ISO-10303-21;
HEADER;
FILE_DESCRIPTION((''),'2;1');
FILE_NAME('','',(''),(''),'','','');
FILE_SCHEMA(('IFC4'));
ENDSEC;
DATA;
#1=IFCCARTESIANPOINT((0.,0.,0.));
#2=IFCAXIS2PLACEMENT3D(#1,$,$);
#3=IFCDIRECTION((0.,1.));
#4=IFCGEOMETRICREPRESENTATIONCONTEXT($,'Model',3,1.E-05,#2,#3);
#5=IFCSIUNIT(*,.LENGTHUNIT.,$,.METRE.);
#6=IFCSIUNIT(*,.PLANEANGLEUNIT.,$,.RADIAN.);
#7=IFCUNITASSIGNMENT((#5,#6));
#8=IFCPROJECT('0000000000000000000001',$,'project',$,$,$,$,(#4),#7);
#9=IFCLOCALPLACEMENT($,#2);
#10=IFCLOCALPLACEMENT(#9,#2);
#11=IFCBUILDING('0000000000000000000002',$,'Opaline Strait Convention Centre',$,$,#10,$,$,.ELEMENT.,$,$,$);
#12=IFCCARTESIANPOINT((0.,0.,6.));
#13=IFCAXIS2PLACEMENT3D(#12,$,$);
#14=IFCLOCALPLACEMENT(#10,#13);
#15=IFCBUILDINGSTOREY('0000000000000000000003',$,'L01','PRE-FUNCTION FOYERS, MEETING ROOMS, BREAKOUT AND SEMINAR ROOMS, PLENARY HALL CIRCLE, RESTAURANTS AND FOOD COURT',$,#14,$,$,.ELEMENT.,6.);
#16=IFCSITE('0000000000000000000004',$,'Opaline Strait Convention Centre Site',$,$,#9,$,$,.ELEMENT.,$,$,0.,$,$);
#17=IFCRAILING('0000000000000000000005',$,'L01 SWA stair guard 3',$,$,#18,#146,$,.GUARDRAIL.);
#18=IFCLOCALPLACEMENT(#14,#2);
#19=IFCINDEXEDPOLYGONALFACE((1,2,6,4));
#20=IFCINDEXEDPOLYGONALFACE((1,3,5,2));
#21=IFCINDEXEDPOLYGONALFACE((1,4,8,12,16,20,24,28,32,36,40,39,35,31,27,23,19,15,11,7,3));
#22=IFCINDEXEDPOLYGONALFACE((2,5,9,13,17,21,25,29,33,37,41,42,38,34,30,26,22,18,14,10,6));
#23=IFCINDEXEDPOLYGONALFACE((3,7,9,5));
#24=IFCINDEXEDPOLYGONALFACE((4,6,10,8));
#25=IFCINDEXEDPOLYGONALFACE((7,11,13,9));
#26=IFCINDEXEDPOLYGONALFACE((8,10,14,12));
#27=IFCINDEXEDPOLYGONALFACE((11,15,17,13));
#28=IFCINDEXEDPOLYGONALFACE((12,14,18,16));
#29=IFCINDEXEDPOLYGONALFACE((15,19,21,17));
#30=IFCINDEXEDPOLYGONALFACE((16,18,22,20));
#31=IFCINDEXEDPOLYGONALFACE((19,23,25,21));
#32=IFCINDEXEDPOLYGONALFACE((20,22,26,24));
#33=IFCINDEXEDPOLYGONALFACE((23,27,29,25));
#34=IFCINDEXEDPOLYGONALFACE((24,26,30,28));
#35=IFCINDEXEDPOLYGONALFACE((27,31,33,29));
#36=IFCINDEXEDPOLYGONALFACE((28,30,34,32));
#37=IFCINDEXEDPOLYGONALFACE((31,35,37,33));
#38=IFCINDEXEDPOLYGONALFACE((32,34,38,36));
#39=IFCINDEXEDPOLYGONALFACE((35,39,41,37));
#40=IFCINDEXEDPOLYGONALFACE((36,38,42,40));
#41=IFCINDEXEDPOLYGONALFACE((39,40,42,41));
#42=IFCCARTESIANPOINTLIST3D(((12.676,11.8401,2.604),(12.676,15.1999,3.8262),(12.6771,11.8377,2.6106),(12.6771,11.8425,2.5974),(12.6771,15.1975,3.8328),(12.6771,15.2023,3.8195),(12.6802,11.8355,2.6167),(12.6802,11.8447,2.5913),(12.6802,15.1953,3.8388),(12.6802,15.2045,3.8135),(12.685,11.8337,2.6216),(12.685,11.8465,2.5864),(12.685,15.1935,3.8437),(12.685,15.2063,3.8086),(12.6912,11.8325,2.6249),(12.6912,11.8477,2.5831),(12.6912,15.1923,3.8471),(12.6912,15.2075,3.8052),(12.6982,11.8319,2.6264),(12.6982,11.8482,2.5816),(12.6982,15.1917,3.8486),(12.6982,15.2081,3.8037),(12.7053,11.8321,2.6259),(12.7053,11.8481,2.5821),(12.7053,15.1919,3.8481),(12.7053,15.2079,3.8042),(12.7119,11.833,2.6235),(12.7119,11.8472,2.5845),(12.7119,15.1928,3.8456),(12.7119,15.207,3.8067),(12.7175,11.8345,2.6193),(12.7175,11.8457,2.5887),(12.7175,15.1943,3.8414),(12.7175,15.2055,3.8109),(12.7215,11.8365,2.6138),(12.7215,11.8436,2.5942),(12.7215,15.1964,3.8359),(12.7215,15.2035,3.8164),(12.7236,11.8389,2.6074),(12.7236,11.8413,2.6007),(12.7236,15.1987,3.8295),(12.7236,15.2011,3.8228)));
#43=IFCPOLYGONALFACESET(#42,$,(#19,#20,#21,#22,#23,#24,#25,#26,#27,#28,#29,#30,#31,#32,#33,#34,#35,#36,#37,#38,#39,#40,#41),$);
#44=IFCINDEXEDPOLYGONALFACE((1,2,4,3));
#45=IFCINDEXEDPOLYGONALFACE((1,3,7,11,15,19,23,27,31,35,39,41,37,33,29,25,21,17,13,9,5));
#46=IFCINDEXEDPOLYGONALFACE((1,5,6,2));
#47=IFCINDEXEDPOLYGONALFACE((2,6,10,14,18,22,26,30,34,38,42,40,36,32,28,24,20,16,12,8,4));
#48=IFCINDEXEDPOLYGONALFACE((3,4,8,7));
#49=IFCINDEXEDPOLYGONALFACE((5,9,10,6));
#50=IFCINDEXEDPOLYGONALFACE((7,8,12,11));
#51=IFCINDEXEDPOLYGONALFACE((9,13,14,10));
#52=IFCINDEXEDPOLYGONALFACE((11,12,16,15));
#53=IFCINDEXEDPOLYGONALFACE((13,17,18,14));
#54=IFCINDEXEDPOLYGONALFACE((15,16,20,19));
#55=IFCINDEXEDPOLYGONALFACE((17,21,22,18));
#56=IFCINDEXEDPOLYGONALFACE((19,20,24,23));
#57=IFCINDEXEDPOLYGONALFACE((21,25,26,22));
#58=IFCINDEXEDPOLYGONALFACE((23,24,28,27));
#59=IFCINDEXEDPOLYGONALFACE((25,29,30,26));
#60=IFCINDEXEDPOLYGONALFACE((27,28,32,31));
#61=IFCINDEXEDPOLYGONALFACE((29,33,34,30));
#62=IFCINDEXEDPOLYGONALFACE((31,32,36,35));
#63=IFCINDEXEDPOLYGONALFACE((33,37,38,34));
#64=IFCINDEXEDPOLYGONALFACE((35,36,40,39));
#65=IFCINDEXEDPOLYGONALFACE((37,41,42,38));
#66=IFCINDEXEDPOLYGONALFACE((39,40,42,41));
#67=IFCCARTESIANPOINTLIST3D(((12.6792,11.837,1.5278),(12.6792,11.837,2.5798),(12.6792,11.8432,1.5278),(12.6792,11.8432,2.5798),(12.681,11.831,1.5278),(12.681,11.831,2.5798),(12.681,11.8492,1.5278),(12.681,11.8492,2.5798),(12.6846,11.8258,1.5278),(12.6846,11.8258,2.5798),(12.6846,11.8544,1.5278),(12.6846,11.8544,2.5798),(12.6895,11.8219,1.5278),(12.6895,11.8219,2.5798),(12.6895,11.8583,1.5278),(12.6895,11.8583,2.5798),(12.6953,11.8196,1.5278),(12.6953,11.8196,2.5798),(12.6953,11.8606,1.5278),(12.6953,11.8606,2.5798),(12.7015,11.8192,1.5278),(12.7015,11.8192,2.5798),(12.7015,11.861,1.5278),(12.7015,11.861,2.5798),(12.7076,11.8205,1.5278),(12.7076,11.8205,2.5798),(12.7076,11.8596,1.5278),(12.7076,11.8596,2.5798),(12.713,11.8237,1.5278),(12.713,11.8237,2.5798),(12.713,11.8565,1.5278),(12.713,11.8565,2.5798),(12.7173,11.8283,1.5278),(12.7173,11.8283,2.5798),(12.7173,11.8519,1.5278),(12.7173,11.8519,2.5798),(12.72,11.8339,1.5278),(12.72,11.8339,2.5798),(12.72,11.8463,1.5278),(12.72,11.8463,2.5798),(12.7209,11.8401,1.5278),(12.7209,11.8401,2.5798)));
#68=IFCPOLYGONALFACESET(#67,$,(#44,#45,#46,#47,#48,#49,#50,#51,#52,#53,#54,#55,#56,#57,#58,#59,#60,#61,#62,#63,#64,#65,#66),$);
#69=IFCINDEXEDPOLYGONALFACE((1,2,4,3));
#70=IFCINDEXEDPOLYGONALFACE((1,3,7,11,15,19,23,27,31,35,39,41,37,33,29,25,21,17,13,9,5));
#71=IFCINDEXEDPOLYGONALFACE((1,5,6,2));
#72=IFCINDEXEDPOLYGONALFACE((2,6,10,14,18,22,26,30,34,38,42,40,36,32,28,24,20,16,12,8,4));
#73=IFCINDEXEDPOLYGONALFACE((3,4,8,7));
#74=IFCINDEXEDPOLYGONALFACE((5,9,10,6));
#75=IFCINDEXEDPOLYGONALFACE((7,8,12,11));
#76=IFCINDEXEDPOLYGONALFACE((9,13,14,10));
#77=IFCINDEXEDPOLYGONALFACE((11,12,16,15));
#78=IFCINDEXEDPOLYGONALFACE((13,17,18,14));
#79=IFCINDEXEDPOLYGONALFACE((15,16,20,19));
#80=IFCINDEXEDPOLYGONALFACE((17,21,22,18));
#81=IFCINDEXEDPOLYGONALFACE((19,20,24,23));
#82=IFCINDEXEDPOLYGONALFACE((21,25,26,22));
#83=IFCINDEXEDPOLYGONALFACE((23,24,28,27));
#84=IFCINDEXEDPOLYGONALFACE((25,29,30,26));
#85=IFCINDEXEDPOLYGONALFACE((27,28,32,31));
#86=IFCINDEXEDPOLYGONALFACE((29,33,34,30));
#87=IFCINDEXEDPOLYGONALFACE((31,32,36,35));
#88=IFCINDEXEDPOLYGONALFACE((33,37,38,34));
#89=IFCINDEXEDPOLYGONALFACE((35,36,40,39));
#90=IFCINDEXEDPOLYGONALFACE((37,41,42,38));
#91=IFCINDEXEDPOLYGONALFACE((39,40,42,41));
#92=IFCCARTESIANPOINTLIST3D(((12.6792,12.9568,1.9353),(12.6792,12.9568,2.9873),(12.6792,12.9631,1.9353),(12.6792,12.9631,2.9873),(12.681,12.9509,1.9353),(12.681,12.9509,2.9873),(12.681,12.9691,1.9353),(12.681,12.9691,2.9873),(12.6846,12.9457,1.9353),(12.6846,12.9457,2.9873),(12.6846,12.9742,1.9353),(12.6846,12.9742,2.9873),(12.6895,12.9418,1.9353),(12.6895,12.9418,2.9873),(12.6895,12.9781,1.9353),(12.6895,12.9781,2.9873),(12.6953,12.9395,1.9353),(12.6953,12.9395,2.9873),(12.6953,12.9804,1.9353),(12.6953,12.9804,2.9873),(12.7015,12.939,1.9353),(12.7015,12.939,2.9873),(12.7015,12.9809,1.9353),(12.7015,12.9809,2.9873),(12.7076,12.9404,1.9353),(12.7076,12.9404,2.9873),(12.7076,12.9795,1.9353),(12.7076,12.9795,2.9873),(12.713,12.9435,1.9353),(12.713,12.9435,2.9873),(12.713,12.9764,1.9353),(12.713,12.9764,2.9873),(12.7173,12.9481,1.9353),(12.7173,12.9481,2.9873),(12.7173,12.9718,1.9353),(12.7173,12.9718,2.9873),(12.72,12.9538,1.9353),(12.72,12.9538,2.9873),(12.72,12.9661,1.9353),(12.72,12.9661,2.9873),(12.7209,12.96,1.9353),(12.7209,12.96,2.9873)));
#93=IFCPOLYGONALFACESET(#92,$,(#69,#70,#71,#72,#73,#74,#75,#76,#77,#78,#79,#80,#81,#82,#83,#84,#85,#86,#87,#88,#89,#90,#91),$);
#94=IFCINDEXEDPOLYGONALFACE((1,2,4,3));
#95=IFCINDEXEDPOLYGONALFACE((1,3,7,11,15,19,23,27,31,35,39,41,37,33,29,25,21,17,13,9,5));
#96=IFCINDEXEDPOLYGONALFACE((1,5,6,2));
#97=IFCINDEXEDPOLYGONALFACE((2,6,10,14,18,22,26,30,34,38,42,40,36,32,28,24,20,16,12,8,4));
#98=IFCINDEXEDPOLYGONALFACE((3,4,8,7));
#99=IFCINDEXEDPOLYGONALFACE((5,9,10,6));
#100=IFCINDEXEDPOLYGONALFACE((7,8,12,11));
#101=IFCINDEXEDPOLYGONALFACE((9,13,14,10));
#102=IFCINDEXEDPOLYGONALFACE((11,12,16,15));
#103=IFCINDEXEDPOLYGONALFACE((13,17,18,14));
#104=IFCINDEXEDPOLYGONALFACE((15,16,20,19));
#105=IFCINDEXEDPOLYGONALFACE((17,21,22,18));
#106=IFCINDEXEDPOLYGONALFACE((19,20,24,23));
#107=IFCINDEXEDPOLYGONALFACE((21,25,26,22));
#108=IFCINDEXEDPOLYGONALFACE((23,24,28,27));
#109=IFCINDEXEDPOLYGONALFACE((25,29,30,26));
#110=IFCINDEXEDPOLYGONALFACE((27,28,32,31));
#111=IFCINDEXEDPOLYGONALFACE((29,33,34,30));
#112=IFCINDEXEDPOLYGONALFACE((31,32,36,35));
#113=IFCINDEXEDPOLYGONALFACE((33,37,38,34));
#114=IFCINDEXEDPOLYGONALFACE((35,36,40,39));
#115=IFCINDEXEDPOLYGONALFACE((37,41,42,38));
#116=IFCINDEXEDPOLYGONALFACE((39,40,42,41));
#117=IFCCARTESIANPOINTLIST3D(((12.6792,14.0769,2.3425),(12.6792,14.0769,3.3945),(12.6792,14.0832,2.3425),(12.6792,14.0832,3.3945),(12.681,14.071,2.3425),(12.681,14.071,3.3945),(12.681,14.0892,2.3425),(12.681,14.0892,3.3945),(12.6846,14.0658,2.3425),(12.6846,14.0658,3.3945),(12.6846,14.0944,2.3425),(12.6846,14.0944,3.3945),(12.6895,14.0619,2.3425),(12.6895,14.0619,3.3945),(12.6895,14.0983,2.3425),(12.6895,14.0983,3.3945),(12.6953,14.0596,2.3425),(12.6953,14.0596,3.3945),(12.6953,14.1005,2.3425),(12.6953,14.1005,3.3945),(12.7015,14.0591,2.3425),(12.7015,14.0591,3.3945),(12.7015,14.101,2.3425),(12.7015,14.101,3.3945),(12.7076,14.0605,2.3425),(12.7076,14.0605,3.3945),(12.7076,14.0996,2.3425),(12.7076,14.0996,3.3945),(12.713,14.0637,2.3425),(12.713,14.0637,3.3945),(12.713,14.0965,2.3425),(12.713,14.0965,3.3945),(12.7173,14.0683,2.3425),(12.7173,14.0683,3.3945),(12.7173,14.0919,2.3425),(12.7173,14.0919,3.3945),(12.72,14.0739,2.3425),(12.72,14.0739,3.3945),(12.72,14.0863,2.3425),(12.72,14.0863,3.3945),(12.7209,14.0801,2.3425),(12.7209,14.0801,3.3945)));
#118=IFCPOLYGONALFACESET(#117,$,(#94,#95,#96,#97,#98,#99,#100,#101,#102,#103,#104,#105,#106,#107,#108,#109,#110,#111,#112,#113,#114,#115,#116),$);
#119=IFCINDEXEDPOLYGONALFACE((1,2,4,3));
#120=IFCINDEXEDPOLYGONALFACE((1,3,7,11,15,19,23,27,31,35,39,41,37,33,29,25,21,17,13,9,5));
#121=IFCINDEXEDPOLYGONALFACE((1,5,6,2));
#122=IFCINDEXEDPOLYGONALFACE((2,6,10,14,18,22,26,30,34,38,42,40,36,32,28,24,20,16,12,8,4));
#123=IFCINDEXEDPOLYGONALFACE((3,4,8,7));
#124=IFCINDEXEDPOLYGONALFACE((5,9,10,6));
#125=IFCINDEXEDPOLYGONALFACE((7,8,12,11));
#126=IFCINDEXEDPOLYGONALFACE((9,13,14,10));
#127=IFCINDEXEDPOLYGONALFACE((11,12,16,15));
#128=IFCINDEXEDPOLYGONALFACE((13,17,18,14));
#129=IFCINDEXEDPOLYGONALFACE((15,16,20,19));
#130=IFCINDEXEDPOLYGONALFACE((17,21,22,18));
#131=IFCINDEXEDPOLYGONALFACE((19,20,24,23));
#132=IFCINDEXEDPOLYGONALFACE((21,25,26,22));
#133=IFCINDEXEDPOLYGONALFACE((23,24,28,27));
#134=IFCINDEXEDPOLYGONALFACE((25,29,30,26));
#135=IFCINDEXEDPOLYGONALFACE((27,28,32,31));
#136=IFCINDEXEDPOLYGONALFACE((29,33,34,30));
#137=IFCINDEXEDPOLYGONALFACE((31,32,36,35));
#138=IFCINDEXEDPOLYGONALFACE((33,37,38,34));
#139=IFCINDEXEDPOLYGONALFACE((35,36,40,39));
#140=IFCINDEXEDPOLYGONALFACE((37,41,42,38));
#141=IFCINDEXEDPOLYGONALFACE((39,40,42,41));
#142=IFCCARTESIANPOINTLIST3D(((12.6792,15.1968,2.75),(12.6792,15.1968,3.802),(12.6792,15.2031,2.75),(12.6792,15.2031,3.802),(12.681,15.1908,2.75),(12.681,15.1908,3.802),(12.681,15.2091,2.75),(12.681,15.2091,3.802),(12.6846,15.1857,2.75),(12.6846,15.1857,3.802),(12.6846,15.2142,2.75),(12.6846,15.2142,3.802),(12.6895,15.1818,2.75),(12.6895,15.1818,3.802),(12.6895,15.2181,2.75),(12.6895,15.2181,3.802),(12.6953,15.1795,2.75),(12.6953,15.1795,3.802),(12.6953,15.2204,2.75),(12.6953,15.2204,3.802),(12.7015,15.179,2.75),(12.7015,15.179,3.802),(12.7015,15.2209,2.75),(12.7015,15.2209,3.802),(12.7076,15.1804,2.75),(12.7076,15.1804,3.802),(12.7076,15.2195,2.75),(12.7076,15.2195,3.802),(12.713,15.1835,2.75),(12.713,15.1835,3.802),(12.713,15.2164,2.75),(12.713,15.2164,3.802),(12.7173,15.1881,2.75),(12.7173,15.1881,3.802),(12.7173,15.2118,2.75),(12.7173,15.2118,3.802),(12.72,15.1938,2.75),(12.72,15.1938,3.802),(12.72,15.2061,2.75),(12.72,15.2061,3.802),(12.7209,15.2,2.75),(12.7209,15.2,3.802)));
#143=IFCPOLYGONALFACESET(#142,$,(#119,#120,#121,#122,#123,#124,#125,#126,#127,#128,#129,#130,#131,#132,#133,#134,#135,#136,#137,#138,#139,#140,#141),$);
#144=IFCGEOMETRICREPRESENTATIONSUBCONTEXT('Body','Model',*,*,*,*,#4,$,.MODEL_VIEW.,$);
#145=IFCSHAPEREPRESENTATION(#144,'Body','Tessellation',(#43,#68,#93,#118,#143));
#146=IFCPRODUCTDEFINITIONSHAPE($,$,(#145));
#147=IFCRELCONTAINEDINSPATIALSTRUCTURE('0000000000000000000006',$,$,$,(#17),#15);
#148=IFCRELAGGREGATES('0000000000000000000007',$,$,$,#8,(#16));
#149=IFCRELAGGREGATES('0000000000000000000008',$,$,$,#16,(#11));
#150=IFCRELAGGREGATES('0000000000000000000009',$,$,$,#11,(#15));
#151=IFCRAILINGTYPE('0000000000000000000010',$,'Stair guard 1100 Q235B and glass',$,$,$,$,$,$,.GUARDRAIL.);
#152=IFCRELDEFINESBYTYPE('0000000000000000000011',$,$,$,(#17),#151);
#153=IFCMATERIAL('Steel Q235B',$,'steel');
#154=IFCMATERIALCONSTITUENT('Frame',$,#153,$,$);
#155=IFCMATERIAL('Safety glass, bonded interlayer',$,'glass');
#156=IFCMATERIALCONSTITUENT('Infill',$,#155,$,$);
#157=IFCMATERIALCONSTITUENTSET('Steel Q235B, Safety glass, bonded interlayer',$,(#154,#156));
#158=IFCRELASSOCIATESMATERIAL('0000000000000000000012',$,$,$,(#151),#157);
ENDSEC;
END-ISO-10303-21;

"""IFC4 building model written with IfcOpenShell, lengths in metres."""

from ifc_helpers import new_model, si_unit, direction, frame, origin, origin_2d, place, context, subcontext, project, spatial, circle, extrude, material, constituent, constituent_set, type_object, element, save


model = new_model("IFC4")

# Units and contexts
model_context = context("Model", 3, precision=1e-05, world=origin(), true_north=direction((0.0, 1.0)))
body_context = subcontext(model_context, "Body", "Model", "MODEL_VIEW")
ifc_project = project(units=[si_unit("LENGTHUNIT", "METRE"), si_unit("PLANEANGLEUNIT", "RADIAN")], contexts=[model_context])

# Site, building, storey
site_placement = place(None, origin())
site = spatial("IfcSite", under=ifc_project, at=site_placement, Name="Opaline Strait Convention Centre Site", CompositionType="ELEMENT", RefElevation=0.0)
building_placement = place(site_placement, origin())
building = spatial("IfcBuilding", under=site, at=building_placement, Name="Opaline Strait Convention Centre", CompositionType="ELEMENT")
storey_placement = place(building_placement, frame((0.0, 0.0, 6.0)))
storey = spatial("IfcBuildingStorey", under=building, at=storey_placement, Name="L01", Description="PRE-FUNCTION FOYERS, MEETING ROOMS, BREAKOUT AND SEMINAR ROOMS, PLENARY HALL CIRCLE, RESTAURANTS AND FOOD COURT", CompositionType="ELEMENT", Elevation=6.0)

# Railing
ifc_material_1 = material(Name="Steel Q235B", Category="steel")
ifc_constituent_1 = constituent(ifc_material_1, Name="Frame")
ifc_material_2 = material(Name="Safety glass, bonded interlayer", Category="glass")
ifc_constituent_2 = constituent(ifc_material_2, Name="Infill")
ifc_constituent_set = constituent_set(constituents=[ifc_constituent_1, ifc_constituent_2], Name="Steel Q235B, Safety glass, bonded interlayer")
railing_type_1 = type_object("IfcRailingType", Name="Stair guard 1100 Q235B and glass", PredefinedType="GUARDRAIL", material=ifc_constituent_set)
railing_1_placement = place(storey_placement, frame((12.7, 11.8401, 1.5278)))
element("IfcRailing", 1, at=railing_1_placement, inside=storey, type_object=railing_type_1, Name="L01 SWA stair guard 3", PredefinedType="GUARDRAIL", context=body_context, shape_type="SweptSolid", body=[
    extrude(circle(Radius=0.0239, at=origin_2d()), frame((0.0, 0.0, 1.0762), z_axis=(0.0, 0.939758, 0.341842), x_axis=(-1.0, 0.0, 0.0)), (0.0, 0.0, 1.0), 3.5752),
    extrude(circle(Radius=0.021, at=origin_2d()), origin(), (0.0, 0.0, 1.0), 1.052),
    extrude(circle(Radius=0.021, at=origin_2d()), frame((0.0, 1.1199, 0.4075)), (0.0, 0.0, 1.0), 1.052),
    extrude(circle(Radius=0.021, at=origin_2d()), frame((0.0, 2.24, 0.8147)), (0.0, 0.0, 1.0), 1.052),
    extrude(circle(Radius=0.021, at=origin_2d()), frame((0.0, 3.3599, 1.2222)), (0.0, 0.0, 1.0), 1.052),
])

save(model, "model.ifc")
